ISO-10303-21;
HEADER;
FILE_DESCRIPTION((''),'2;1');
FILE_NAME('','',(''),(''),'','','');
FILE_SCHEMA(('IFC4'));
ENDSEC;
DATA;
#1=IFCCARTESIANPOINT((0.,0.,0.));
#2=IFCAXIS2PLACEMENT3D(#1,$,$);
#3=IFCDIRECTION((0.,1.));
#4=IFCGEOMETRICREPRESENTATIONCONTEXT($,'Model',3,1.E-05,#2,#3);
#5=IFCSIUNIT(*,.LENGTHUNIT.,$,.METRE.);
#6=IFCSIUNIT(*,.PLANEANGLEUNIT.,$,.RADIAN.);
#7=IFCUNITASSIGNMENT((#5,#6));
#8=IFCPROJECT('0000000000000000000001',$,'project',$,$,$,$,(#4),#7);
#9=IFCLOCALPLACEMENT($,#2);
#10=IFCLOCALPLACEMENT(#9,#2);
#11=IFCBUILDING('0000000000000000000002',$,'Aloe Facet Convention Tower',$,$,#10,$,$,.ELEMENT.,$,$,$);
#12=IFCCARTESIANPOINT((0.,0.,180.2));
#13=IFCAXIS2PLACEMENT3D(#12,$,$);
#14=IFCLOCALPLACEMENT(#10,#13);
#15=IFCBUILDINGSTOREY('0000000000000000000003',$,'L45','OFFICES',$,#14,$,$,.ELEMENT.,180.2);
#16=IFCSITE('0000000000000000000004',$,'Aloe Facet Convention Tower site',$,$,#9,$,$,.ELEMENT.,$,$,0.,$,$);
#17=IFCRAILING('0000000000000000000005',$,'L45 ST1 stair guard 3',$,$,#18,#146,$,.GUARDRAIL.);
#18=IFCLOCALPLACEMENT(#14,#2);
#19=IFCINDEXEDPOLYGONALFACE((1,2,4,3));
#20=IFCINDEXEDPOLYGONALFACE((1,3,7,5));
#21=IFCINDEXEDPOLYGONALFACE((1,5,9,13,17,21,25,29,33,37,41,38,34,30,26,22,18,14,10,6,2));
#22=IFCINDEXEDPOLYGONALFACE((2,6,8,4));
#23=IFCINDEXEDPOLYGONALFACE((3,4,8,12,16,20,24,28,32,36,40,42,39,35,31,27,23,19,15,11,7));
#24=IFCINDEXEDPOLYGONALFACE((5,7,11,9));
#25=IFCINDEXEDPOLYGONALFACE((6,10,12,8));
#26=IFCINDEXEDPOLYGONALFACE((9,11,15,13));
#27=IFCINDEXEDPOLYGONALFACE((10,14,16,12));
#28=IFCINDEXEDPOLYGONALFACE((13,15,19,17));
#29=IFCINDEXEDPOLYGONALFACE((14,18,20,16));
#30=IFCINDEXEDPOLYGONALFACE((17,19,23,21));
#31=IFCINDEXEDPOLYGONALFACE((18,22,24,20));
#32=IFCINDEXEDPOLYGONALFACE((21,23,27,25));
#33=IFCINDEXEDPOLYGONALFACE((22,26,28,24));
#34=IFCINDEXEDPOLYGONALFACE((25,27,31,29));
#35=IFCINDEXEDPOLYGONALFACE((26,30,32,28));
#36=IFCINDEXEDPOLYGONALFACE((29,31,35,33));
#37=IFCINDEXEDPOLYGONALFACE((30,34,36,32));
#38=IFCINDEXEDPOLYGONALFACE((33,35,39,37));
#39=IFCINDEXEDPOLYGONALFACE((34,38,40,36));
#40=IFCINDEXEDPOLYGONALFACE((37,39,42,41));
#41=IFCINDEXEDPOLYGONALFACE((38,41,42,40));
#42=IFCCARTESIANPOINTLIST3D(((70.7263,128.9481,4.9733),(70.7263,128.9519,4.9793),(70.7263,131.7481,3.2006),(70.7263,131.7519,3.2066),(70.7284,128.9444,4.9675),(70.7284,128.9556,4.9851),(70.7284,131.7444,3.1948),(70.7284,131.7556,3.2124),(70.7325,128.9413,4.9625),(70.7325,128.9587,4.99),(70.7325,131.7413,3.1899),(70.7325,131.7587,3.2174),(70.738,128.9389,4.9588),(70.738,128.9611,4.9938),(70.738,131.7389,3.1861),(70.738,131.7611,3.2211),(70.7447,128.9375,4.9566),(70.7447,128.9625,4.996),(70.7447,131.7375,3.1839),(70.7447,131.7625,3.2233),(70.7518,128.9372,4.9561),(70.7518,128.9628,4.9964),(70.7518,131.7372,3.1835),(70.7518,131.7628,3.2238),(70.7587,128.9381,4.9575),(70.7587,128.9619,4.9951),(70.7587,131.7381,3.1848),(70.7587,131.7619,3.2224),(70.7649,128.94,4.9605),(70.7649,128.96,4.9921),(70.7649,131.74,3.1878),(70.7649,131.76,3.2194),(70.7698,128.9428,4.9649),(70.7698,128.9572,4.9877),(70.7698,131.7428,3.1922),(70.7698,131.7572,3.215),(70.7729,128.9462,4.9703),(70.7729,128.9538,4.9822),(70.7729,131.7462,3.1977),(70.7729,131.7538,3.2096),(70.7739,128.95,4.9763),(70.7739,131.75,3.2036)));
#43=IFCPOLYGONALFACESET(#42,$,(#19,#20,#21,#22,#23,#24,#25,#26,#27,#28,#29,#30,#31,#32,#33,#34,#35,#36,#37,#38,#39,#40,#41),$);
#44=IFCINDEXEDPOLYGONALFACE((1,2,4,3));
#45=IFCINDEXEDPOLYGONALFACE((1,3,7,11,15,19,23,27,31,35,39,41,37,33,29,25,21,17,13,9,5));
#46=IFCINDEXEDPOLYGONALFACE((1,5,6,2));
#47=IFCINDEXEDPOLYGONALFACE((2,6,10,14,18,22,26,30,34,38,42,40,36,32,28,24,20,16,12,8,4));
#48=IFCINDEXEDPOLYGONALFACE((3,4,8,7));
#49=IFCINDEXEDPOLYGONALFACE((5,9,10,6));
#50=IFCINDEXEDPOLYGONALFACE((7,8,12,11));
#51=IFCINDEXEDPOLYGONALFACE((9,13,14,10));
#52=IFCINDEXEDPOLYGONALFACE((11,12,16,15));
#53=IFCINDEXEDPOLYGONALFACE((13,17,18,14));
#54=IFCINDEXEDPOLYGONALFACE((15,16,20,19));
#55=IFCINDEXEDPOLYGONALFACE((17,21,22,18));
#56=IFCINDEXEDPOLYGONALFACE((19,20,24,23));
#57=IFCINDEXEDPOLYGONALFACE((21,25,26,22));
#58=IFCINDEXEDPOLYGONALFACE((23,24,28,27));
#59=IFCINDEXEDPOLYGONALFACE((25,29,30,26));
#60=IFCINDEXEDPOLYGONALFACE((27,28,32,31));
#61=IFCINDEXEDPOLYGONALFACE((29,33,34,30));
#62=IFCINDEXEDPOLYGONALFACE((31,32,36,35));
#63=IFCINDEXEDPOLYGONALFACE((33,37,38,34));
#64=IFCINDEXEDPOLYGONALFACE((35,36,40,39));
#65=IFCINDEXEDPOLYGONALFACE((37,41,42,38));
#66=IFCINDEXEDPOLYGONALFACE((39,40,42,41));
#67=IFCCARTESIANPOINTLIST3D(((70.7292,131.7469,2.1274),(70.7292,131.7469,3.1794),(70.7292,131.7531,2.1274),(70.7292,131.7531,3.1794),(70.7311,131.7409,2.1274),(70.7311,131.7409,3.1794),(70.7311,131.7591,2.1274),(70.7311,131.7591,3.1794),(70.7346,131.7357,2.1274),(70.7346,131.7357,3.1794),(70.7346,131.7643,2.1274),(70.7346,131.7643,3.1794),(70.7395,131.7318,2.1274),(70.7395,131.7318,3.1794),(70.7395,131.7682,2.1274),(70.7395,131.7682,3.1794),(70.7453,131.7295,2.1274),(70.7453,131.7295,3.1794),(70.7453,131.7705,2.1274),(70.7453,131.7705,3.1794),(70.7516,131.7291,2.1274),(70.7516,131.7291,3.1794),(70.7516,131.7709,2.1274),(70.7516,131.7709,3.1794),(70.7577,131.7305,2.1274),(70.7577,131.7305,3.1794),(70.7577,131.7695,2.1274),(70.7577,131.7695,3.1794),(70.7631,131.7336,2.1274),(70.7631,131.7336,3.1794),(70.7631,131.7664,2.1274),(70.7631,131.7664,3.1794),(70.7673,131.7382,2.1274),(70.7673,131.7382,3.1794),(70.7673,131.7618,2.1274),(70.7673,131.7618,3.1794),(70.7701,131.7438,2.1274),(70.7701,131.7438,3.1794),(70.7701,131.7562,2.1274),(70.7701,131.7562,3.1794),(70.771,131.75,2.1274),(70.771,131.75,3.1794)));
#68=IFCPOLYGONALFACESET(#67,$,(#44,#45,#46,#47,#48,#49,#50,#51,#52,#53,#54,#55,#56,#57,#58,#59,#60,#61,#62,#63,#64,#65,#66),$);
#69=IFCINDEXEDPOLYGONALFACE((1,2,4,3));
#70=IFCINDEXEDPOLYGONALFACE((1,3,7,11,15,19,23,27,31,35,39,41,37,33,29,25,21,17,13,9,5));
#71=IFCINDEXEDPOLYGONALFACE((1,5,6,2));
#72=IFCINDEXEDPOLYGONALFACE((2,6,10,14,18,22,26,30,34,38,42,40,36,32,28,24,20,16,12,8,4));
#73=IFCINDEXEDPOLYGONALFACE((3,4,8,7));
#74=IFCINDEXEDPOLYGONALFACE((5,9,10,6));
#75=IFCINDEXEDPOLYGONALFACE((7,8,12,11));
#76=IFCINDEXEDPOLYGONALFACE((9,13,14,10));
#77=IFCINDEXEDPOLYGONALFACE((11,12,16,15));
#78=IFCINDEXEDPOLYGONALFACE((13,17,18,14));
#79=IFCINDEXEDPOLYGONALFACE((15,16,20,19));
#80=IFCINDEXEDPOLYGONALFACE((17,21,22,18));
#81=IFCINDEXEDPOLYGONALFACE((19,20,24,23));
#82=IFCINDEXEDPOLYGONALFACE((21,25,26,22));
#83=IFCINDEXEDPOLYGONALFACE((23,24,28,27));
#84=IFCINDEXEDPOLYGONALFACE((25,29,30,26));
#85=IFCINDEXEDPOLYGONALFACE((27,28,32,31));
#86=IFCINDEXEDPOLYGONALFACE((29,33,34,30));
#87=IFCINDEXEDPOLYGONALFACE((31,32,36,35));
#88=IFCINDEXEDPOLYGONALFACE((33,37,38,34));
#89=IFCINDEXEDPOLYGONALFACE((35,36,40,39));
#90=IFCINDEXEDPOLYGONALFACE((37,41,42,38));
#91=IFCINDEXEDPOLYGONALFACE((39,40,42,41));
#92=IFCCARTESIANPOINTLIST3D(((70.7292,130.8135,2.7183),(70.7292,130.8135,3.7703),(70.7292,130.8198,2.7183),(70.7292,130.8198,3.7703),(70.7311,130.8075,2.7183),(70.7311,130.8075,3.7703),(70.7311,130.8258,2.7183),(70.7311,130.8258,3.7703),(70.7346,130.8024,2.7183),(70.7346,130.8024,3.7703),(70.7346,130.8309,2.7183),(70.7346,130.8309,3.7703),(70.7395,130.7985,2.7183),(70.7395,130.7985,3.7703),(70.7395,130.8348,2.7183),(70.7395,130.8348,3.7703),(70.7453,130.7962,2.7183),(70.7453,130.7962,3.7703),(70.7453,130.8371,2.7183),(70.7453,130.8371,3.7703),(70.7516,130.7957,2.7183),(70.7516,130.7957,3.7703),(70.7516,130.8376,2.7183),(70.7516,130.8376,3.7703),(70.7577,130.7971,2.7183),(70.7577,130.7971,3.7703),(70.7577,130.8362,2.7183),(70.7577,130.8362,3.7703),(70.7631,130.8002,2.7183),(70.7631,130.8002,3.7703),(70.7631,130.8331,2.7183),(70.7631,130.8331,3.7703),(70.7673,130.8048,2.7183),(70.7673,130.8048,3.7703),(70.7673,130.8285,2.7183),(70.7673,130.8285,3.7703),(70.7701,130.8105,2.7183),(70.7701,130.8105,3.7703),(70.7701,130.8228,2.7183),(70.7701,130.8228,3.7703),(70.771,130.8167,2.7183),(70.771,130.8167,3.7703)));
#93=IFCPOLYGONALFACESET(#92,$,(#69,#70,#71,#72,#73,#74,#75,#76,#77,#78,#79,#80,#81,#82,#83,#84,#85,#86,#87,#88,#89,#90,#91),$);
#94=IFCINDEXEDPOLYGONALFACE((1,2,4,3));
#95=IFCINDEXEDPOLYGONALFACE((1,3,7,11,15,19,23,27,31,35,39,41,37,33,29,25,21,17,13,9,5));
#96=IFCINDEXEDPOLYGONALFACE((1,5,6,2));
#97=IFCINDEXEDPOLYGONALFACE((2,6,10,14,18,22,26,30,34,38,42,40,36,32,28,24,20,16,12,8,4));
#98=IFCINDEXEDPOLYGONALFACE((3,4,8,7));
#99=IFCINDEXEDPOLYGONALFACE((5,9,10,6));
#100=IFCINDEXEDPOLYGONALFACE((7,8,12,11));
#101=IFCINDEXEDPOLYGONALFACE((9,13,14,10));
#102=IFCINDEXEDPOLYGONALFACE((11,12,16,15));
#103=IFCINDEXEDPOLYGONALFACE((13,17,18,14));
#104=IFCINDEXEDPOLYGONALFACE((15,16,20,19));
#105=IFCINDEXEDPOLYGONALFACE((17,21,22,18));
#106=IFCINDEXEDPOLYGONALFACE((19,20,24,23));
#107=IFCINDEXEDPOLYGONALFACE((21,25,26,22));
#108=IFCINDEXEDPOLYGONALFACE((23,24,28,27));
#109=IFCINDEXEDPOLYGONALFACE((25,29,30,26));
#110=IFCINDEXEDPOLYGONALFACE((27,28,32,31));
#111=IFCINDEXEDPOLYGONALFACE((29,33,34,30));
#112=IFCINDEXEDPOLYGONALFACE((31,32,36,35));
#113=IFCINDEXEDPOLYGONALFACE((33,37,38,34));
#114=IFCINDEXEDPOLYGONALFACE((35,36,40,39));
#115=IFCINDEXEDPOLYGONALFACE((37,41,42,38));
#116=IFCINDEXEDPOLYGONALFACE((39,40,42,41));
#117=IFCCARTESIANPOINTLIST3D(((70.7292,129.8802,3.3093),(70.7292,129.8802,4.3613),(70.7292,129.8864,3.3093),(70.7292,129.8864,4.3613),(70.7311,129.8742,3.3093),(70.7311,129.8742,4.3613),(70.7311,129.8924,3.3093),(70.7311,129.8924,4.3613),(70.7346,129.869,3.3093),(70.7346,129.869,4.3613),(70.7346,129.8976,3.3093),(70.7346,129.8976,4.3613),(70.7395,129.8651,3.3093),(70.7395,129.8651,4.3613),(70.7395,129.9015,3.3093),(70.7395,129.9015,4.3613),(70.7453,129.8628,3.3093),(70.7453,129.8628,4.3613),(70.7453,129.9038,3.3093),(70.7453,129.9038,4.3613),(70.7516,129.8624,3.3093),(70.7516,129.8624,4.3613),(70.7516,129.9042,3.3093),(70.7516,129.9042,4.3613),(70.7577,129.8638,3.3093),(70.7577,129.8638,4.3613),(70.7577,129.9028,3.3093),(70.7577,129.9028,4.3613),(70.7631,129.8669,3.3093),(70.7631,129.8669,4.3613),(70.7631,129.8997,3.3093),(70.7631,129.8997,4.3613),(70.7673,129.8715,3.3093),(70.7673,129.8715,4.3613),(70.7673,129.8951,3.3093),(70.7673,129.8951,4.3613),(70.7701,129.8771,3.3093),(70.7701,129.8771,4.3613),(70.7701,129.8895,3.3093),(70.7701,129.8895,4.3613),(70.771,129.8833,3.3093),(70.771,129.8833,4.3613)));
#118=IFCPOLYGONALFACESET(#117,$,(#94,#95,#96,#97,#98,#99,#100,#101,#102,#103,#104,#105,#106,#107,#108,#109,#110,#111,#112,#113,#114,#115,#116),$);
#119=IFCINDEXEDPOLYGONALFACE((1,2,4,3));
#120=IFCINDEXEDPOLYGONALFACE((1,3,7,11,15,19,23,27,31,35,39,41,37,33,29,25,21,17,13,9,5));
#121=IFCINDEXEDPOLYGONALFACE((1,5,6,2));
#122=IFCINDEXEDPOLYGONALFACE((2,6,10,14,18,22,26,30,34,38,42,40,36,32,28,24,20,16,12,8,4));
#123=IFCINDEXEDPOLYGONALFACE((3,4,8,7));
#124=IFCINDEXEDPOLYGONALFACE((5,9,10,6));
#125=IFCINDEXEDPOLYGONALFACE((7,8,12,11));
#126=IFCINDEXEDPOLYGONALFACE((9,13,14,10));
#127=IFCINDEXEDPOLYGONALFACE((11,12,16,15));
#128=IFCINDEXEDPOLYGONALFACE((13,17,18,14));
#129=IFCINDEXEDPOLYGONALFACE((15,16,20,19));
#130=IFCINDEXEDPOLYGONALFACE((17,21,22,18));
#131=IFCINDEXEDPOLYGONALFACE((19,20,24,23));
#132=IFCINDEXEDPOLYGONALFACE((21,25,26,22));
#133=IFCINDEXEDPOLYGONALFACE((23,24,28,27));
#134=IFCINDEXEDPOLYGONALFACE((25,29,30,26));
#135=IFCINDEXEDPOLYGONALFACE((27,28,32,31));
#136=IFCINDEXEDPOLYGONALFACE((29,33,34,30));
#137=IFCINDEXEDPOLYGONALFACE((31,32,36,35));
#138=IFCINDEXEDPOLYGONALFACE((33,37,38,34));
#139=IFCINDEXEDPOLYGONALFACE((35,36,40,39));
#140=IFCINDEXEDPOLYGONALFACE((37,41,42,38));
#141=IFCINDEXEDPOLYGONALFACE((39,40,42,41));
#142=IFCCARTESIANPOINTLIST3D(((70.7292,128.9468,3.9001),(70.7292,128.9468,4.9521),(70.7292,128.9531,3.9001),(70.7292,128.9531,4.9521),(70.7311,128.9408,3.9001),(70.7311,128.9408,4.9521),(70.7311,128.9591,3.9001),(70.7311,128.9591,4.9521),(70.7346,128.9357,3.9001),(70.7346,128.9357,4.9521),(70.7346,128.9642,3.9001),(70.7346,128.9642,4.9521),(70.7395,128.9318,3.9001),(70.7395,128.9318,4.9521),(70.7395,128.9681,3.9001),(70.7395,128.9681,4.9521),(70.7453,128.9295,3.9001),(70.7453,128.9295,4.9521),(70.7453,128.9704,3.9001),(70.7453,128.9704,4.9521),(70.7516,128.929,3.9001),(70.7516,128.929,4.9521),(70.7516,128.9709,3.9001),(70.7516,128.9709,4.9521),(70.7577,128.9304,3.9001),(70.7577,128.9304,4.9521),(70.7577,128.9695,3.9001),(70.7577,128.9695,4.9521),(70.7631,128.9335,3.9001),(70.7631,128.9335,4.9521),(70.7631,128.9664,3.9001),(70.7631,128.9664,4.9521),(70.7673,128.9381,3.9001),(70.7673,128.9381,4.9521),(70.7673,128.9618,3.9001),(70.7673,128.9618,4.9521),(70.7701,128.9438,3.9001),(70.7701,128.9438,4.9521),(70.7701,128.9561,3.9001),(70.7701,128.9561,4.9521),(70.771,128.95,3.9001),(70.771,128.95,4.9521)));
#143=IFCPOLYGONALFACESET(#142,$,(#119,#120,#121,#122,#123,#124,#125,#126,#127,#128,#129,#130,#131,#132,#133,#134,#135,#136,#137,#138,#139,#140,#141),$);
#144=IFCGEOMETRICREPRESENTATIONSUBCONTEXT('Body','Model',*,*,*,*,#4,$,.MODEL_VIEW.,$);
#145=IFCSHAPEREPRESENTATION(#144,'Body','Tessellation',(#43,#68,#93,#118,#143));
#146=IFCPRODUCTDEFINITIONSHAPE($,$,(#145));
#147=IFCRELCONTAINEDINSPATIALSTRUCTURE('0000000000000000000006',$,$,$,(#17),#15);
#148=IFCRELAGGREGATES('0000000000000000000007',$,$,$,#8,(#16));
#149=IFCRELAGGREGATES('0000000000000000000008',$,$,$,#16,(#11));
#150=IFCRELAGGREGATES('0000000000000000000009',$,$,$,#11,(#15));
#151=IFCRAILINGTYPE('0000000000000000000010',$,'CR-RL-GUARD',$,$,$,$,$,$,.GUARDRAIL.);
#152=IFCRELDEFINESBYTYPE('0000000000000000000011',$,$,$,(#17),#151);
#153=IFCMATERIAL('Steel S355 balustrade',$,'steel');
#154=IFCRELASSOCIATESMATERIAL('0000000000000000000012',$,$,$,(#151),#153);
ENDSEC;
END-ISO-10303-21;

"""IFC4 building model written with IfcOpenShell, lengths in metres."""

from ifc_helpers import new_model, si_unit, direction, frame, origin, origin_2d, place, context, subcontext, project, spatial, circle, extrude, material, type_object, element, save


model = new_model("IFC4")

# Units and contexts
model_context = context("Model", 3, precision=1e-05, world=origin(), true_north=direction((0.0, 1.0)))
body_context = subcontext(model_context, "Body", "Model", "MODEL_VIEW")
ifc_project = project(units=[si_unit("LENGTHUNIT", "METRE"), si_unit("PLANEANGLEUNIT", "RADIAN")], contexts=[model_context])

# Site, building, storey
site_placement = place(None, origin())
site = spatial("IfcSite", under=ifc_project, at=site_placement, Name="Aloe Facet Convention Tower site", CompositionType="ELEMENT", RefElevation=0.0)
building_placement = place(site_placement, origin())
building = spatial("IfcBuilding", under=site, at=building_placement, Name="Aloe Facet Convention Tower", CompositionType="ELEMENT")
storey_placement = place(building_placement, frame((0.0, 0.0, 180.2)))
storey = spatial("IfcBuildingStorey", under=building, at=storey_placement, Name="L45", Description="OFFICES", CompositionType="ELEMENT", Elevation=180.2)

# Railing
ifc_material_1 = material(Name="Steel S355 balustrade", Category="steel")
railing_type_1 = type_object("IfcRailingType", Name="CR-RL-GUARD", PredefinedType="GUARDRAIL", material=ifc_material_1)
railing_1_placement = place(storey_placement, frame((70.75, 131.75, 2.1274)))
element("IfcRailing", 1, at=railing_1_placement, inside=storey, type_object=railing_type_1, Name="L45 ST1 stair guard 3", PredefinedType="GUARDRAIL", context=body_context, shape_type="SweptSolid", body=[
    extrude(circle(Radius=0.0239, at=origin_2d()), frame((0.0, 0.0, 1.0762), z_axis=(0.0, -0.844909, 0.53491), x_axis=(1.0, 0.0, 0.0)), (0.0, 0.0, 1.0), 3.314),
    extrude(circle(Radius=0.021, at=origin_2d()), origin(), (0.0, 0.0, 1.0), 1.052),
    extrude(circle(Radius=0.021, at=origin_2d()), frame((0.0, -0.9333, 0.5908)), (0.0, 0.0, 1.0), 1.052),
    extrude(circle(Radius=0.021, at=origin_2d()), frame((0.0, -1.8667, 1.1819)), (0.0, 0.0, 1.0), 1.052),
    extrude(circle(Radius=0.021, at=origin_2d()), frame((0.0, -2.8, 1.7727)), (0.0, 0.0, 1.0), 1.052),
])

save(model, "model.ifc")
